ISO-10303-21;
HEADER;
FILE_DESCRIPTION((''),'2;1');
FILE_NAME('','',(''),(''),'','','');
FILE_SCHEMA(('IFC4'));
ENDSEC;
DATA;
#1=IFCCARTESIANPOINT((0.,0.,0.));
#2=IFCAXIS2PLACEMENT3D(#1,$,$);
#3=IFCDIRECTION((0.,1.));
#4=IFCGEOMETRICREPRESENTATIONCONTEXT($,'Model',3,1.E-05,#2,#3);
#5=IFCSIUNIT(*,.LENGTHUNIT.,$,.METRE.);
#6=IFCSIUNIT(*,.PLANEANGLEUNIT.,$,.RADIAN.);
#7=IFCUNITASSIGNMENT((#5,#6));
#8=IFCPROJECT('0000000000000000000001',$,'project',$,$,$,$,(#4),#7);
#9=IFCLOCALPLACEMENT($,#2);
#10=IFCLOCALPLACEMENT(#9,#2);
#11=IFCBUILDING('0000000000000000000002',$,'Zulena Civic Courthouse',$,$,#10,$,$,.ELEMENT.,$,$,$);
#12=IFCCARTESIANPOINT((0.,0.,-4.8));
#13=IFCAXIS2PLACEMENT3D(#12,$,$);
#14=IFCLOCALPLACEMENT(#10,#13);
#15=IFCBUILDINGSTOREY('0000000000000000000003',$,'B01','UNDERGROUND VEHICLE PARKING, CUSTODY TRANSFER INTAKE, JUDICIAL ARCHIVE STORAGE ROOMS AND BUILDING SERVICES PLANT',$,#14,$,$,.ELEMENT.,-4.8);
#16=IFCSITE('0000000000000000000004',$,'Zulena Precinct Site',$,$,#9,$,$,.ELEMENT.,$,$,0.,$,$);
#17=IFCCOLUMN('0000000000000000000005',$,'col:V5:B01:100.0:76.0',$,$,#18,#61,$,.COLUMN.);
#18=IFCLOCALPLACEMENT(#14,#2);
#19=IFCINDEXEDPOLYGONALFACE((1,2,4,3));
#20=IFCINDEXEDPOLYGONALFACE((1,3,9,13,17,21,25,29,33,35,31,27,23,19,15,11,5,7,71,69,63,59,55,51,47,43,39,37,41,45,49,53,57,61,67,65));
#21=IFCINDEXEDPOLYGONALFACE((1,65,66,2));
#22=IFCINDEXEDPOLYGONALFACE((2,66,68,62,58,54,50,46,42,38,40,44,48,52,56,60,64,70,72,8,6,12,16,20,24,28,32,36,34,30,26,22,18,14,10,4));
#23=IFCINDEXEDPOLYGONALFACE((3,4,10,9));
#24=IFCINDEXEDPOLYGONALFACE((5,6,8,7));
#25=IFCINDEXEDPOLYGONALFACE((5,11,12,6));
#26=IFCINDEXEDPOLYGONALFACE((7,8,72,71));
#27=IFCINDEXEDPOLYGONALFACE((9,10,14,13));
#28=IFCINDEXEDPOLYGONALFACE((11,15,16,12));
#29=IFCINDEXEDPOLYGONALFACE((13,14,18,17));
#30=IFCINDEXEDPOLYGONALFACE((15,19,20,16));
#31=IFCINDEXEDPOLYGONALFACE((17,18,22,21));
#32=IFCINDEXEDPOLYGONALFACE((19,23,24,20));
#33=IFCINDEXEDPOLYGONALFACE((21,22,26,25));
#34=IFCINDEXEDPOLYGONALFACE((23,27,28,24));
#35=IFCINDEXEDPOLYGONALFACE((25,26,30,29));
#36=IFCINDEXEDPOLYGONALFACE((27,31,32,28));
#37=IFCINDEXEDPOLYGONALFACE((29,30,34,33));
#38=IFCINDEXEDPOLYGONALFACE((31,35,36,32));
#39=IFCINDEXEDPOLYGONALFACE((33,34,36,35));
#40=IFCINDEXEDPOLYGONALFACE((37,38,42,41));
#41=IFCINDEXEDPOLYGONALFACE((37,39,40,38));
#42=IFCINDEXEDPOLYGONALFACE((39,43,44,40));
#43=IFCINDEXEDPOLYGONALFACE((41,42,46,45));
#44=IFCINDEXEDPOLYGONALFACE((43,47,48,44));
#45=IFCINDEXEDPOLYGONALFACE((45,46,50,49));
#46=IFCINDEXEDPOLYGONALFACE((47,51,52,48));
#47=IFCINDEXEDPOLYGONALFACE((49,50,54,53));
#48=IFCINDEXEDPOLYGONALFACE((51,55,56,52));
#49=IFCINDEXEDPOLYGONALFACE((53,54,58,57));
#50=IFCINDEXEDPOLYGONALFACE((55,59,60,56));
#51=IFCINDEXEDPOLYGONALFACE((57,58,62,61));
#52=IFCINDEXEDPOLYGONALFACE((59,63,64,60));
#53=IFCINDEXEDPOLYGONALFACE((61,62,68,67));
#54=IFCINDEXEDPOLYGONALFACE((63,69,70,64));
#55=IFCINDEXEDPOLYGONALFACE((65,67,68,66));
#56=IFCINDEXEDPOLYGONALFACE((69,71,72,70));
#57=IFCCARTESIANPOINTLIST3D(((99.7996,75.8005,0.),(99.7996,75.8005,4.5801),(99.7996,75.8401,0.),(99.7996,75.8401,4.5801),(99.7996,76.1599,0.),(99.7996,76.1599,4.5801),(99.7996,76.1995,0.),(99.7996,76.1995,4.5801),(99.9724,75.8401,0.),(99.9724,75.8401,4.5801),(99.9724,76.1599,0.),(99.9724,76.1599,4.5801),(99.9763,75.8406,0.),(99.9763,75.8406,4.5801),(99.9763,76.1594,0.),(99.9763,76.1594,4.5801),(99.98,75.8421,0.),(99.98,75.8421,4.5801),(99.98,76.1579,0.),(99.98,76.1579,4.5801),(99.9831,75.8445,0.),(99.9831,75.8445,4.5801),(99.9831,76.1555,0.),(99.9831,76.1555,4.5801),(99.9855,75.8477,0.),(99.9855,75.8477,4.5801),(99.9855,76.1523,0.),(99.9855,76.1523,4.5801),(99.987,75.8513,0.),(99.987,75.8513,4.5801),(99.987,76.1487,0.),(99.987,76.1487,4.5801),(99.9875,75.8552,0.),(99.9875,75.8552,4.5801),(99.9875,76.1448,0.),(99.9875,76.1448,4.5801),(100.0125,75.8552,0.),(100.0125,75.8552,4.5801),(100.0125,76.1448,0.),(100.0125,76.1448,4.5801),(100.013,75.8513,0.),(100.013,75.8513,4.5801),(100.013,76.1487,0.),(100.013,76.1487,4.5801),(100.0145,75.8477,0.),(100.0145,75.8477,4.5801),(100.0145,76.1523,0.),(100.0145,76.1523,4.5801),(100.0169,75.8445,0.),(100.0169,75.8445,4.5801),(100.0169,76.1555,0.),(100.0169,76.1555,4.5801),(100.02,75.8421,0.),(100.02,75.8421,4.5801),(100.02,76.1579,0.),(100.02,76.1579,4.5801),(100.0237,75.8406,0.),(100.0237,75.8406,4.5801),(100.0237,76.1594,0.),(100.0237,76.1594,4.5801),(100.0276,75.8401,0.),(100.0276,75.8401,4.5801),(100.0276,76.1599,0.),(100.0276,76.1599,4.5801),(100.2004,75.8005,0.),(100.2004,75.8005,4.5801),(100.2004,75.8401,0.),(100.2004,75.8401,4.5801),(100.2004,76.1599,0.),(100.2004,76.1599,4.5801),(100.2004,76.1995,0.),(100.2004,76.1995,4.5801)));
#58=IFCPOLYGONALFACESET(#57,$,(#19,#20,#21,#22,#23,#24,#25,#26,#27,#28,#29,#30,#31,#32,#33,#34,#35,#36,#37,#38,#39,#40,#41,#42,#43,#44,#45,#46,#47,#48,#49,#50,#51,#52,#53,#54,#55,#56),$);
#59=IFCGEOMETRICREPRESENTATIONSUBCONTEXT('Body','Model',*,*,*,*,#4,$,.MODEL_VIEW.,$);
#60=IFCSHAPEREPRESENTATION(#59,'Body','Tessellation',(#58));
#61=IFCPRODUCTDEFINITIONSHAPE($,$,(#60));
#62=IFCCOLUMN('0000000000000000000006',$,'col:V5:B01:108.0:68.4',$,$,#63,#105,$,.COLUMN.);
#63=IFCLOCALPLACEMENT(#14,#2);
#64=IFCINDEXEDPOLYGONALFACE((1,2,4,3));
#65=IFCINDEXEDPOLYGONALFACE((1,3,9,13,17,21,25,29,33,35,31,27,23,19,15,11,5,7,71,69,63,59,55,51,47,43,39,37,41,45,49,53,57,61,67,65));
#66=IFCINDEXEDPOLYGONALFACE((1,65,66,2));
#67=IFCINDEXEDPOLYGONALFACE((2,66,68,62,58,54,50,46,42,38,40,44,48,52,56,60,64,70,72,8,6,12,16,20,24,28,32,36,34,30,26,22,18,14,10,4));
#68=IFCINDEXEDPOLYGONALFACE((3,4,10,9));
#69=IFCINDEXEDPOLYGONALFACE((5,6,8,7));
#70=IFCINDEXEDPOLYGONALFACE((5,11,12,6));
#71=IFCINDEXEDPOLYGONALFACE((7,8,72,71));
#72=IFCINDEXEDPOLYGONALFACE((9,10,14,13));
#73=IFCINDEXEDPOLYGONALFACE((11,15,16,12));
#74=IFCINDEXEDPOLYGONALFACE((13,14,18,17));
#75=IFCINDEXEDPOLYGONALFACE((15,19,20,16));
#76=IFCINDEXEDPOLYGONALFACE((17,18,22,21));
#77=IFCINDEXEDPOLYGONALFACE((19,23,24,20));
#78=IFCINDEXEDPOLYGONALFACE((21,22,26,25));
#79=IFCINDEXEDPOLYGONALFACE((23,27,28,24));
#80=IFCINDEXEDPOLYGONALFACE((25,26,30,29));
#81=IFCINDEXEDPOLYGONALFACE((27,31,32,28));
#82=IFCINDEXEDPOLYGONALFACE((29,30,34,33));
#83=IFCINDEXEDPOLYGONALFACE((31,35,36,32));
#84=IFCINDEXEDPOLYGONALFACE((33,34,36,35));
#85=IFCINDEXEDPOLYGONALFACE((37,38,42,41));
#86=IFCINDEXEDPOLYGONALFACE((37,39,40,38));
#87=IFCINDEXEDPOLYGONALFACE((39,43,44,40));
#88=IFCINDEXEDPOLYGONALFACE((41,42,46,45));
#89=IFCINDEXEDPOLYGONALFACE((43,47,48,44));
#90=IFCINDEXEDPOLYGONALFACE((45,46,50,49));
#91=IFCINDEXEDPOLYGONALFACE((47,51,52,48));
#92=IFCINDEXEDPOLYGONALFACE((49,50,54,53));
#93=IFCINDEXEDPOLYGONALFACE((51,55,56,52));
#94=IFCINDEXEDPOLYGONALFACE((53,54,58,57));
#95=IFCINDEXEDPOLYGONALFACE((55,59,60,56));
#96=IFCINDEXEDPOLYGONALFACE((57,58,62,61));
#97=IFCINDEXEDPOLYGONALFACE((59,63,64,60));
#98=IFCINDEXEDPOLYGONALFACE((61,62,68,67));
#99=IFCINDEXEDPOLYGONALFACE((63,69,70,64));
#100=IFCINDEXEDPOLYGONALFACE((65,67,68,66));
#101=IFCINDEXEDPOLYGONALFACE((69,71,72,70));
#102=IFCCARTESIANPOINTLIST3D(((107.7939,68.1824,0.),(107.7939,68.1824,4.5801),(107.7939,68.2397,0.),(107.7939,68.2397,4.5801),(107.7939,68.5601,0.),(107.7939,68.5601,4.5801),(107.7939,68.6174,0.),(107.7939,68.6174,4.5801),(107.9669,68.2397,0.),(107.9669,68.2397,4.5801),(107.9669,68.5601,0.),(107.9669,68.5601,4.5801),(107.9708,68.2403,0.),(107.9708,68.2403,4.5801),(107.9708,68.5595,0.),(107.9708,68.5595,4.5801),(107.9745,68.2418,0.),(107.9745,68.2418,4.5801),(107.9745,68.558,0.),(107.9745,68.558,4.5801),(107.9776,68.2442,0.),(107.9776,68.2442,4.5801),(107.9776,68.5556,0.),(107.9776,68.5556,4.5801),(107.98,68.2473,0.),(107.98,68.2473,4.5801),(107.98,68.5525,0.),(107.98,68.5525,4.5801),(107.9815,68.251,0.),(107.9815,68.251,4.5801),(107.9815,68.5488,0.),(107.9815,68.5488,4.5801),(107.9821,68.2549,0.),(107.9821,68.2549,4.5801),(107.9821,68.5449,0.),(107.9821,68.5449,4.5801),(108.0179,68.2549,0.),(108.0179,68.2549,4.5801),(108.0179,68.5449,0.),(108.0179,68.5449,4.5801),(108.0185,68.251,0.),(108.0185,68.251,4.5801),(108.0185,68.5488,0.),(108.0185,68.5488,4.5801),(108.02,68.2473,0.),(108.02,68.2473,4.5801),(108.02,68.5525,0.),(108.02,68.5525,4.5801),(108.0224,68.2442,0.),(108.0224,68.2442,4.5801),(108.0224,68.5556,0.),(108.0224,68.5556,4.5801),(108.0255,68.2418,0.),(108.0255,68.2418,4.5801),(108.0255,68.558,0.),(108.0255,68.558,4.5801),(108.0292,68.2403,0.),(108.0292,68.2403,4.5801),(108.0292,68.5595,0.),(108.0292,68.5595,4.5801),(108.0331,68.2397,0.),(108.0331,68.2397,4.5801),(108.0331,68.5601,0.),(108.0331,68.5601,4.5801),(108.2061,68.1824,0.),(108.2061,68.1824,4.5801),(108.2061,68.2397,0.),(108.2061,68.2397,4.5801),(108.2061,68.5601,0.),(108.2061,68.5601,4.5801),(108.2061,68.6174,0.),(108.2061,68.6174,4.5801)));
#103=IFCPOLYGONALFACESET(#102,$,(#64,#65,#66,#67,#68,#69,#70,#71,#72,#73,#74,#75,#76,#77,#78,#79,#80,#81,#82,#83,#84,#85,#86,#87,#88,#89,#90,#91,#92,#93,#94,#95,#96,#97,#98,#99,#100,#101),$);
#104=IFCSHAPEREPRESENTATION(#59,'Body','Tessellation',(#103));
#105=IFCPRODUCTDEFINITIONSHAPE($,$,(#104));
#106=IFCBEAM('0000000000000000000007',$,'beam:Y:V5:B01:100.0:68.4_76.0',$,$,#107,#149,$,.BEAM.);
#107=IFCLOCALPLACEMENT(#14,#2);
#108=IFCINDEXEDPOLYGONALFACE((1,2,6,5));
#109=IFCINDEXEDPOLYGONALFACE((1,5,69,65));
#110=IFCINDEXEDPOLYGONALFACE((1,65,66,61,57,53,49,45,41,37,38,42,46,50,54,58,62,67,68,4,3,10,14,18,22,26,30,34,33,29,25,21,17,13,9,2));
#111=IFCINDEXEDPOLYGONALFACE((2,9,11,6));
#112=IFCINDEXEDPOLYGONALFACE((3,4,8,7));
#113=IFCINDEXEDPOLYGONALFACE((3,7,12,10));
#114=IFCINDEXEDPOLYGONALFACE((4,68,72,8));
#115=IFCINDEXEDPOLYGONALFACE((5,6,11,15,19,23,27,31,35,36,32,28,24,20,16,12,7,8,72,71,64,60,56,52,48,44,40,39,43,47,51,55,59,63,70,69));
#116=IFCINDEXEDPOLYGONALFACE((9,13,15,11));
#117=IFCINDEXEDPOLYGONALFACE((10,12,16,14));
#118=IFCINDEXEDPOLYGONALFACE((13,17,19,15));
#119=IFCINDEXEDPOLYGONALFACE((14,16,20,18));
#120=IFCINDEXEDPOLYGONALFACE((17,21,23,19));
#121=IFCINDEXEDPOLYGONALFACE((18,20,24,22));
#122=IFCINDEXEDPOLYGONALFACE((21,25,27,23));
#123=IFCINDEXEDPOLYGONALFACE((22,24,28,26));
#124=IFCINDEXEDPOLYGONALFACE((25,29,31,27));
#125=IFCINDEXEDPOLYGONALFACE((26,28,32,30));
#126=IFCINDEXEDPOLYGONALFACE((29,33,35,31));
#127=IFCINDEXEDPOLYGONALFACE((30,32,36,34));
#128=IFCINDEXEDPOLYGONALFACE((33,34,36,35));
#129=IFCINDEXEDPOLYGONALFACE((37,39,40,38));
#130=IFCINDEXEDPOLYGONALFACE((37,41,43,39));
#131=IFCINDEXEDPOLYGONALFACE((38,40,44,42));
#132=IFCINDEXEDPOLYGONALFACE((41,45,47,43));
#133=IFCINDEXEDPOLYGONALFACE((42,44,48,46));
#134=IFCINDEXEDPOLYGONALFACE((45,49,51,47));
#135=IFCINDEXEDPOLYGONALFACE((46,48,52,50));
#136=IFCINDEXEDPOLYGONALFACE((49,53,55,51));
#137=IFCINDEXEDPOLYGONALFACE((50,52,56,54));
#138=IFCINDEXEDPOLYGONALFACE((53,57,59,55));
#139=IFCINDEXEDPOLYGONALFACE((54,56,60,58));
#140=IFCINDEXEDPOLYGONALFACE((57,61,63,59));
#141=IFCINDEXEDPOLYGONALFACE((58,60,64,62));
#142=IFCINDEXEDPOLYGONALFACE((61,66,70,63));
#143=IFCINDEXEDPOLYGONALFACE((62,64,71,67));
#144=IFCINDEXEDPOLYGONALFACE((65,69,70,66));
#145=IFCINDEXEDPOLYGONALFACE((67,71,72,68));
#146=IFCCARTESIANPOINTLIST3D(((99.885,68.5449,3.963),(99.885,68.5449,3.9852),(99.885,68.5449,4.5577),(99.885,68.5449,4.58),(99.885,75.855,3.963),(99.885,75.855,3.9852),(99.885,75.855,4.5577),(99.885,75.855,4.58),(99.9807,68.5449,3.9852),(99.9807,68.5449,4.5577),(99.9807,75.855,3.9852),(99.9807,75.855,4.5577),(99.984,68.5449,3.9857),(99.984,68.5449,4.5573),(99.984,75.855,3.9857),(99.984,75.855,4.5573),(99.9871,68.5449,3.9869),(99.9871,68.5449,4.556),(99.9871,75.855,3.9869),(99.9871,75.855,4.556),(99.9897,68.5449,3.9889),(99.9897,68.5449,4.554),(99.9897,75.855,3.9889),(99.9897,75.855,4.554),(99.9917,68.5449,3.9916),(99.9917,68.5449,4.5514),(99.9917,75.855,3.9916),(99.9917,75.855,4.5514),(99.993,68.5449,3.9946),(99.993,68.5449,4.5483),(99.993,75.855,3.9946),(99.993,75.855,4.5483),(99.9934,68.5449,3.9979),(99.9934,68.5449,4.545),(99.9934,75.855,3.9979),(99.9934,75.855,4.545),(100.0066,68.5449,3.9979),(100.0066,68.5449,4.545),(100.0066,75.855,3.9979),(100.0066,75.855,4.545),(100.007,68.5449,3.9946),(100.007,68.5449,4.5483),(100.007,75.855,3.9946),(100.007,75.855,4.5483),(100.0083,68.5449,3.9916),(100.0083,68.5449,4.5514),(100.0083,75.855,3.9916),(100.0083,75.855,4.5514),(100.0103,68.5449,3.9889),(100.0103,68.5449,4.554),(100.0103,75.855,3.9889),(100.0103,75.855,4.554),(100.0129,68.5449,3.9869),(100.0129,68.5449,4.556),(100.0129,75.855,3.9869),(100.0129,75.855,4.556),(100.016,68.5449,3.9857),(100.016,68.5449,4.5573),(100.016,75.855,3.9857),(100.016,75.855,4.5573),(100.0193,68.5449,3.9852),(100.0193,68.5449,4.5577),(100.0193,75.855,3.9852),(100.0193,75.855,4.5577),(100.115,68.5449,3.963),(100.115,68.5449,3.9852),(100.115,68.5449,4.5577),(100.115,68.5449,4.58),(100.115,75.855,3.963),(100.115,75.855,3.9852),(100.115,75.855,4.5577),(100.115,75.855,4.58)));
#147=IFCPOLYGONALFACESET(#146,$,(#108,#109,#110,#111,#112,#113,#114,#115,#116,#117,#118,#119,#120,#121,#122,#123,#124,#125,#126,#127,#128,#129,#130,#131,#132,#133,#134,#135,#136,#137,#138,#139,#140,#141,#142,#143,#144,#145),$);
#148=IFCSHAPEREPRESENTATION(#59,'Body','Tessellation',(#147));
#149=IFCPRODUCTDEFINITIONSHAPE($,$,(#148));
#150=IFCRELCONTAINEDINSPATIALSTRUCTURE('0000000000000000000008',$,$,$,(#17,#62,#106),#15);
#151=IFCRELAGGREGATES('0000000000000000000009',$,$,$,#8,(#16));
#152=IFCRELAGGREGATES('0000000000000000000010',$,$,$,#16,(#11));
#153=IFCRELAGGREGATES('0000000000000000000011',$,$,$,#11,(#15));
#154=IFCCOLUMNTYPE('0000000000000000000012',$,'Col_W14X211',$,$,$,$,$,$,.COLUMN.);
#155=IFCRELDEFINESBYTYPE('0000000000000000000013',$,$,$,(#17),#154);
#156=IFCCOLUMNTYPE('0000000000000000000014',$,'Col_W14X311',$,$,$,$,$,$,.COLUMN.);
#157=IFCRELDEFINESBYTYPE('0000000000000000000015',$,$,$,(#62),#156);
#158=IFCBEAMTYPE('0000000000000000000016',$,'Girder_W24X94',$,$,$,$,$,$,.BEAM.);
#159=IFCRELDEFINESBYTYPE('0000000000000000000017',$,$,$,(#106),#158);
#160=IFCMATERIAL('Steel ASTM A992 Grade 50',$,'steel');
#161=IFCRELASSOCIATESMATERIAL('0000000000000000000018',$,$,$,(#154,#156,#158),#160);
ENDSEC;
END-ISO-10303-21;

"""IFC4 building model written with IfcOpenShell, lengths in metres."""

from ifc_helpers import new_model, si_unit, direction, frame, origin, origin_2d, place, context, subcontext, project, spatial, i_section, extrude, material, material_profile, profile_set, type_object, element, save


model = new_model("IFC4")

# Units and contexts
model_context = context("Model", 3, precision=1e-05, world=origin(), true_north=direction((0.0, 1.0)))
body_context = subcontext(model_context, "Body", "Model", "MODEL_VIEW")
ifc_project = project(units=[si_unit("LENGTHUNIT", "METRE"), si_unit("PLANEANGLEUNIT", "RADIAN")], contexts=[model_context])

# Site, building, storey
site_placement = place(None, origin())
site = spatial("IfcSite", under=ifc_project, at=site_placement, Name="Zulena Precinct Site", CompositionType="ELEMENT", RefElevation=0.0)
building_placement = place(site_placement, origin())
building = spatial("IfcBuilding", under=site, at=building_placement, Name="Zulena Civic Courthouse", CompositionType="ELEMENT")
storey_placement = place(building_placement, frame((0.0, 0.0, -4.8)))
storey = spatial("IfcBuildingStorey", under=building, at=storey_placement, Name="B01", Description="UNDERGROUND VEHICLE PARKING, CUSTODY TRANSFER INTAKE, JUDICIAL ARCHIVE STORAGE ROOMS AND BUILDING SERVICES PLANT", CompositionType="ELEMENT", Elevation=-4.8)

# Columns
ifc_material_1 = material(Name="Steel ASTM A992 Grade 50", Category="steel")
ifc_material_profile_1 = material_profile(ifc_material_1, i_section(OverallWidth=0.4009, OverallDepth=0.3989, WebThickness=0.0249, FlangeThickness=0.0396, FilletRadius=0.0151, at=origin_2d()), Name="W14X211")
ifc_profile_set_1 = profile_set([ifc_material_profile_1], Name="Steel ASTM A992 Grade 50")
column_type_1 = type_object("IfcColumnType", Name="Col_W14X211", PredefinedType="COLUMN", material=ifc_profile_set_1)
for number, where, z_axis, x_axis, name in (
    (1, (100.0, 76.0, 0.0), (0.0, 0.0, 1.0), (1.0, 0.0, 0.0), "col:V5:B01:100.0:76.0"),
):
    element("IfcColumn", number, at=place(storey_placement, frame(where, z_axis=z_axis, x_axis=x_axis)), inside=storey, type_object=column_type_1, Name=name, PredefinedType="COLUMN", context=body_context, shape_type="SweptSolid", body=[
        extrude(i_section(OverallWidth=0.4009, OverallDepth=0.3989, WebThickness=0.0249, FlangeThickness=0.0396, FilletRadius=0.0151, at=origin_2d()), origin(), (0.0, 0.0, 1.0), 4.5801),
    ])
ifc_material_profile_2 = material_profile(ifc_material_1, i_section(OverallWidth=0.4121, OverallDepth=0.4351, WebThickness=0.0359, FlangeThickness=0.0574, FilletRadius=0.0151, at=origin_2d()), Name="W14X311")
ifc_profile_set_2 = profile_set([ifc_material_profile_2], Name="Steel ASTM A992 Grade 50")
column_type_2 = type_object("IfcColumnType", Name="Col_W14X311", PredefinedType="COLUMN", material=ifc_profile_set_2)
column_placement = place(storey_placement, frame((108.0, 68.3999, 0.0), z_axis=(0.0, 0.0, 1.0), x_axis=(1.0, 0.0, 0.0)))
element("IfcColumn", 2, at=column_placement, inside=storey, type_object=column_type_2, Name="col:V5:B01:108.0:68.4", PredefinedType="COLUMN", context=body_context, shape_type="SweptSolid", body=[
    extrude(i_section(OverallWidth=0.4121, OverallDepth=0.4351, WebThickness=0.0359, FlangeThickness=0.0574, FilletRadius=0.0151, at=origin_2d()), origin(), (0.0, 0.0, 1.0), 4.5801),
])

# Beam
ifc_material_profile_3 = material_profile(ifc_material_1, i_section(OverallWidth=0.23, OverallDepth=0.6169, WebThickness=0.0132, FlangeThickness=0.0222, FilletRadius=0.0127, at=origin_2d()), Name="W24X94")
ifc_profile_set_3 = profile_set([ifc_material_profile_3], Name="Steel ASTM A992 Grade 50")
beam_type_1 = type_object("IfcBeamType", Name="Girder_W24X94", PredefinedType="BEAM", material=ifc_profile_set_3)
beam_1_placement = place(storey_placement, frame((100.0, 68.5449, 4.2715), z_axis=(0.0, 1.0, 0.0), x_axis=(-1.0, 0.0, 0.0)))
element("IfcBeam", 3, at=beam_1_placement, inside=storey, type_object=beam_type_1, Name="beam:Y:V5:B01:100.0:68.4_76.0", PredefinedType="BEAM", context=body_context, shape_type="SweptSolid", body=[
    extrude(i_section(OverallWidth=0.23, OverallDepth=0.6169, WebThickness=0.0132, FlangeThickness=0.0222, FilletRadius=0.0127, at=origin_2d()), origin(), (0.0, 0.0, 1.0), 7.3101),
])

save(model, "model.ifc")
